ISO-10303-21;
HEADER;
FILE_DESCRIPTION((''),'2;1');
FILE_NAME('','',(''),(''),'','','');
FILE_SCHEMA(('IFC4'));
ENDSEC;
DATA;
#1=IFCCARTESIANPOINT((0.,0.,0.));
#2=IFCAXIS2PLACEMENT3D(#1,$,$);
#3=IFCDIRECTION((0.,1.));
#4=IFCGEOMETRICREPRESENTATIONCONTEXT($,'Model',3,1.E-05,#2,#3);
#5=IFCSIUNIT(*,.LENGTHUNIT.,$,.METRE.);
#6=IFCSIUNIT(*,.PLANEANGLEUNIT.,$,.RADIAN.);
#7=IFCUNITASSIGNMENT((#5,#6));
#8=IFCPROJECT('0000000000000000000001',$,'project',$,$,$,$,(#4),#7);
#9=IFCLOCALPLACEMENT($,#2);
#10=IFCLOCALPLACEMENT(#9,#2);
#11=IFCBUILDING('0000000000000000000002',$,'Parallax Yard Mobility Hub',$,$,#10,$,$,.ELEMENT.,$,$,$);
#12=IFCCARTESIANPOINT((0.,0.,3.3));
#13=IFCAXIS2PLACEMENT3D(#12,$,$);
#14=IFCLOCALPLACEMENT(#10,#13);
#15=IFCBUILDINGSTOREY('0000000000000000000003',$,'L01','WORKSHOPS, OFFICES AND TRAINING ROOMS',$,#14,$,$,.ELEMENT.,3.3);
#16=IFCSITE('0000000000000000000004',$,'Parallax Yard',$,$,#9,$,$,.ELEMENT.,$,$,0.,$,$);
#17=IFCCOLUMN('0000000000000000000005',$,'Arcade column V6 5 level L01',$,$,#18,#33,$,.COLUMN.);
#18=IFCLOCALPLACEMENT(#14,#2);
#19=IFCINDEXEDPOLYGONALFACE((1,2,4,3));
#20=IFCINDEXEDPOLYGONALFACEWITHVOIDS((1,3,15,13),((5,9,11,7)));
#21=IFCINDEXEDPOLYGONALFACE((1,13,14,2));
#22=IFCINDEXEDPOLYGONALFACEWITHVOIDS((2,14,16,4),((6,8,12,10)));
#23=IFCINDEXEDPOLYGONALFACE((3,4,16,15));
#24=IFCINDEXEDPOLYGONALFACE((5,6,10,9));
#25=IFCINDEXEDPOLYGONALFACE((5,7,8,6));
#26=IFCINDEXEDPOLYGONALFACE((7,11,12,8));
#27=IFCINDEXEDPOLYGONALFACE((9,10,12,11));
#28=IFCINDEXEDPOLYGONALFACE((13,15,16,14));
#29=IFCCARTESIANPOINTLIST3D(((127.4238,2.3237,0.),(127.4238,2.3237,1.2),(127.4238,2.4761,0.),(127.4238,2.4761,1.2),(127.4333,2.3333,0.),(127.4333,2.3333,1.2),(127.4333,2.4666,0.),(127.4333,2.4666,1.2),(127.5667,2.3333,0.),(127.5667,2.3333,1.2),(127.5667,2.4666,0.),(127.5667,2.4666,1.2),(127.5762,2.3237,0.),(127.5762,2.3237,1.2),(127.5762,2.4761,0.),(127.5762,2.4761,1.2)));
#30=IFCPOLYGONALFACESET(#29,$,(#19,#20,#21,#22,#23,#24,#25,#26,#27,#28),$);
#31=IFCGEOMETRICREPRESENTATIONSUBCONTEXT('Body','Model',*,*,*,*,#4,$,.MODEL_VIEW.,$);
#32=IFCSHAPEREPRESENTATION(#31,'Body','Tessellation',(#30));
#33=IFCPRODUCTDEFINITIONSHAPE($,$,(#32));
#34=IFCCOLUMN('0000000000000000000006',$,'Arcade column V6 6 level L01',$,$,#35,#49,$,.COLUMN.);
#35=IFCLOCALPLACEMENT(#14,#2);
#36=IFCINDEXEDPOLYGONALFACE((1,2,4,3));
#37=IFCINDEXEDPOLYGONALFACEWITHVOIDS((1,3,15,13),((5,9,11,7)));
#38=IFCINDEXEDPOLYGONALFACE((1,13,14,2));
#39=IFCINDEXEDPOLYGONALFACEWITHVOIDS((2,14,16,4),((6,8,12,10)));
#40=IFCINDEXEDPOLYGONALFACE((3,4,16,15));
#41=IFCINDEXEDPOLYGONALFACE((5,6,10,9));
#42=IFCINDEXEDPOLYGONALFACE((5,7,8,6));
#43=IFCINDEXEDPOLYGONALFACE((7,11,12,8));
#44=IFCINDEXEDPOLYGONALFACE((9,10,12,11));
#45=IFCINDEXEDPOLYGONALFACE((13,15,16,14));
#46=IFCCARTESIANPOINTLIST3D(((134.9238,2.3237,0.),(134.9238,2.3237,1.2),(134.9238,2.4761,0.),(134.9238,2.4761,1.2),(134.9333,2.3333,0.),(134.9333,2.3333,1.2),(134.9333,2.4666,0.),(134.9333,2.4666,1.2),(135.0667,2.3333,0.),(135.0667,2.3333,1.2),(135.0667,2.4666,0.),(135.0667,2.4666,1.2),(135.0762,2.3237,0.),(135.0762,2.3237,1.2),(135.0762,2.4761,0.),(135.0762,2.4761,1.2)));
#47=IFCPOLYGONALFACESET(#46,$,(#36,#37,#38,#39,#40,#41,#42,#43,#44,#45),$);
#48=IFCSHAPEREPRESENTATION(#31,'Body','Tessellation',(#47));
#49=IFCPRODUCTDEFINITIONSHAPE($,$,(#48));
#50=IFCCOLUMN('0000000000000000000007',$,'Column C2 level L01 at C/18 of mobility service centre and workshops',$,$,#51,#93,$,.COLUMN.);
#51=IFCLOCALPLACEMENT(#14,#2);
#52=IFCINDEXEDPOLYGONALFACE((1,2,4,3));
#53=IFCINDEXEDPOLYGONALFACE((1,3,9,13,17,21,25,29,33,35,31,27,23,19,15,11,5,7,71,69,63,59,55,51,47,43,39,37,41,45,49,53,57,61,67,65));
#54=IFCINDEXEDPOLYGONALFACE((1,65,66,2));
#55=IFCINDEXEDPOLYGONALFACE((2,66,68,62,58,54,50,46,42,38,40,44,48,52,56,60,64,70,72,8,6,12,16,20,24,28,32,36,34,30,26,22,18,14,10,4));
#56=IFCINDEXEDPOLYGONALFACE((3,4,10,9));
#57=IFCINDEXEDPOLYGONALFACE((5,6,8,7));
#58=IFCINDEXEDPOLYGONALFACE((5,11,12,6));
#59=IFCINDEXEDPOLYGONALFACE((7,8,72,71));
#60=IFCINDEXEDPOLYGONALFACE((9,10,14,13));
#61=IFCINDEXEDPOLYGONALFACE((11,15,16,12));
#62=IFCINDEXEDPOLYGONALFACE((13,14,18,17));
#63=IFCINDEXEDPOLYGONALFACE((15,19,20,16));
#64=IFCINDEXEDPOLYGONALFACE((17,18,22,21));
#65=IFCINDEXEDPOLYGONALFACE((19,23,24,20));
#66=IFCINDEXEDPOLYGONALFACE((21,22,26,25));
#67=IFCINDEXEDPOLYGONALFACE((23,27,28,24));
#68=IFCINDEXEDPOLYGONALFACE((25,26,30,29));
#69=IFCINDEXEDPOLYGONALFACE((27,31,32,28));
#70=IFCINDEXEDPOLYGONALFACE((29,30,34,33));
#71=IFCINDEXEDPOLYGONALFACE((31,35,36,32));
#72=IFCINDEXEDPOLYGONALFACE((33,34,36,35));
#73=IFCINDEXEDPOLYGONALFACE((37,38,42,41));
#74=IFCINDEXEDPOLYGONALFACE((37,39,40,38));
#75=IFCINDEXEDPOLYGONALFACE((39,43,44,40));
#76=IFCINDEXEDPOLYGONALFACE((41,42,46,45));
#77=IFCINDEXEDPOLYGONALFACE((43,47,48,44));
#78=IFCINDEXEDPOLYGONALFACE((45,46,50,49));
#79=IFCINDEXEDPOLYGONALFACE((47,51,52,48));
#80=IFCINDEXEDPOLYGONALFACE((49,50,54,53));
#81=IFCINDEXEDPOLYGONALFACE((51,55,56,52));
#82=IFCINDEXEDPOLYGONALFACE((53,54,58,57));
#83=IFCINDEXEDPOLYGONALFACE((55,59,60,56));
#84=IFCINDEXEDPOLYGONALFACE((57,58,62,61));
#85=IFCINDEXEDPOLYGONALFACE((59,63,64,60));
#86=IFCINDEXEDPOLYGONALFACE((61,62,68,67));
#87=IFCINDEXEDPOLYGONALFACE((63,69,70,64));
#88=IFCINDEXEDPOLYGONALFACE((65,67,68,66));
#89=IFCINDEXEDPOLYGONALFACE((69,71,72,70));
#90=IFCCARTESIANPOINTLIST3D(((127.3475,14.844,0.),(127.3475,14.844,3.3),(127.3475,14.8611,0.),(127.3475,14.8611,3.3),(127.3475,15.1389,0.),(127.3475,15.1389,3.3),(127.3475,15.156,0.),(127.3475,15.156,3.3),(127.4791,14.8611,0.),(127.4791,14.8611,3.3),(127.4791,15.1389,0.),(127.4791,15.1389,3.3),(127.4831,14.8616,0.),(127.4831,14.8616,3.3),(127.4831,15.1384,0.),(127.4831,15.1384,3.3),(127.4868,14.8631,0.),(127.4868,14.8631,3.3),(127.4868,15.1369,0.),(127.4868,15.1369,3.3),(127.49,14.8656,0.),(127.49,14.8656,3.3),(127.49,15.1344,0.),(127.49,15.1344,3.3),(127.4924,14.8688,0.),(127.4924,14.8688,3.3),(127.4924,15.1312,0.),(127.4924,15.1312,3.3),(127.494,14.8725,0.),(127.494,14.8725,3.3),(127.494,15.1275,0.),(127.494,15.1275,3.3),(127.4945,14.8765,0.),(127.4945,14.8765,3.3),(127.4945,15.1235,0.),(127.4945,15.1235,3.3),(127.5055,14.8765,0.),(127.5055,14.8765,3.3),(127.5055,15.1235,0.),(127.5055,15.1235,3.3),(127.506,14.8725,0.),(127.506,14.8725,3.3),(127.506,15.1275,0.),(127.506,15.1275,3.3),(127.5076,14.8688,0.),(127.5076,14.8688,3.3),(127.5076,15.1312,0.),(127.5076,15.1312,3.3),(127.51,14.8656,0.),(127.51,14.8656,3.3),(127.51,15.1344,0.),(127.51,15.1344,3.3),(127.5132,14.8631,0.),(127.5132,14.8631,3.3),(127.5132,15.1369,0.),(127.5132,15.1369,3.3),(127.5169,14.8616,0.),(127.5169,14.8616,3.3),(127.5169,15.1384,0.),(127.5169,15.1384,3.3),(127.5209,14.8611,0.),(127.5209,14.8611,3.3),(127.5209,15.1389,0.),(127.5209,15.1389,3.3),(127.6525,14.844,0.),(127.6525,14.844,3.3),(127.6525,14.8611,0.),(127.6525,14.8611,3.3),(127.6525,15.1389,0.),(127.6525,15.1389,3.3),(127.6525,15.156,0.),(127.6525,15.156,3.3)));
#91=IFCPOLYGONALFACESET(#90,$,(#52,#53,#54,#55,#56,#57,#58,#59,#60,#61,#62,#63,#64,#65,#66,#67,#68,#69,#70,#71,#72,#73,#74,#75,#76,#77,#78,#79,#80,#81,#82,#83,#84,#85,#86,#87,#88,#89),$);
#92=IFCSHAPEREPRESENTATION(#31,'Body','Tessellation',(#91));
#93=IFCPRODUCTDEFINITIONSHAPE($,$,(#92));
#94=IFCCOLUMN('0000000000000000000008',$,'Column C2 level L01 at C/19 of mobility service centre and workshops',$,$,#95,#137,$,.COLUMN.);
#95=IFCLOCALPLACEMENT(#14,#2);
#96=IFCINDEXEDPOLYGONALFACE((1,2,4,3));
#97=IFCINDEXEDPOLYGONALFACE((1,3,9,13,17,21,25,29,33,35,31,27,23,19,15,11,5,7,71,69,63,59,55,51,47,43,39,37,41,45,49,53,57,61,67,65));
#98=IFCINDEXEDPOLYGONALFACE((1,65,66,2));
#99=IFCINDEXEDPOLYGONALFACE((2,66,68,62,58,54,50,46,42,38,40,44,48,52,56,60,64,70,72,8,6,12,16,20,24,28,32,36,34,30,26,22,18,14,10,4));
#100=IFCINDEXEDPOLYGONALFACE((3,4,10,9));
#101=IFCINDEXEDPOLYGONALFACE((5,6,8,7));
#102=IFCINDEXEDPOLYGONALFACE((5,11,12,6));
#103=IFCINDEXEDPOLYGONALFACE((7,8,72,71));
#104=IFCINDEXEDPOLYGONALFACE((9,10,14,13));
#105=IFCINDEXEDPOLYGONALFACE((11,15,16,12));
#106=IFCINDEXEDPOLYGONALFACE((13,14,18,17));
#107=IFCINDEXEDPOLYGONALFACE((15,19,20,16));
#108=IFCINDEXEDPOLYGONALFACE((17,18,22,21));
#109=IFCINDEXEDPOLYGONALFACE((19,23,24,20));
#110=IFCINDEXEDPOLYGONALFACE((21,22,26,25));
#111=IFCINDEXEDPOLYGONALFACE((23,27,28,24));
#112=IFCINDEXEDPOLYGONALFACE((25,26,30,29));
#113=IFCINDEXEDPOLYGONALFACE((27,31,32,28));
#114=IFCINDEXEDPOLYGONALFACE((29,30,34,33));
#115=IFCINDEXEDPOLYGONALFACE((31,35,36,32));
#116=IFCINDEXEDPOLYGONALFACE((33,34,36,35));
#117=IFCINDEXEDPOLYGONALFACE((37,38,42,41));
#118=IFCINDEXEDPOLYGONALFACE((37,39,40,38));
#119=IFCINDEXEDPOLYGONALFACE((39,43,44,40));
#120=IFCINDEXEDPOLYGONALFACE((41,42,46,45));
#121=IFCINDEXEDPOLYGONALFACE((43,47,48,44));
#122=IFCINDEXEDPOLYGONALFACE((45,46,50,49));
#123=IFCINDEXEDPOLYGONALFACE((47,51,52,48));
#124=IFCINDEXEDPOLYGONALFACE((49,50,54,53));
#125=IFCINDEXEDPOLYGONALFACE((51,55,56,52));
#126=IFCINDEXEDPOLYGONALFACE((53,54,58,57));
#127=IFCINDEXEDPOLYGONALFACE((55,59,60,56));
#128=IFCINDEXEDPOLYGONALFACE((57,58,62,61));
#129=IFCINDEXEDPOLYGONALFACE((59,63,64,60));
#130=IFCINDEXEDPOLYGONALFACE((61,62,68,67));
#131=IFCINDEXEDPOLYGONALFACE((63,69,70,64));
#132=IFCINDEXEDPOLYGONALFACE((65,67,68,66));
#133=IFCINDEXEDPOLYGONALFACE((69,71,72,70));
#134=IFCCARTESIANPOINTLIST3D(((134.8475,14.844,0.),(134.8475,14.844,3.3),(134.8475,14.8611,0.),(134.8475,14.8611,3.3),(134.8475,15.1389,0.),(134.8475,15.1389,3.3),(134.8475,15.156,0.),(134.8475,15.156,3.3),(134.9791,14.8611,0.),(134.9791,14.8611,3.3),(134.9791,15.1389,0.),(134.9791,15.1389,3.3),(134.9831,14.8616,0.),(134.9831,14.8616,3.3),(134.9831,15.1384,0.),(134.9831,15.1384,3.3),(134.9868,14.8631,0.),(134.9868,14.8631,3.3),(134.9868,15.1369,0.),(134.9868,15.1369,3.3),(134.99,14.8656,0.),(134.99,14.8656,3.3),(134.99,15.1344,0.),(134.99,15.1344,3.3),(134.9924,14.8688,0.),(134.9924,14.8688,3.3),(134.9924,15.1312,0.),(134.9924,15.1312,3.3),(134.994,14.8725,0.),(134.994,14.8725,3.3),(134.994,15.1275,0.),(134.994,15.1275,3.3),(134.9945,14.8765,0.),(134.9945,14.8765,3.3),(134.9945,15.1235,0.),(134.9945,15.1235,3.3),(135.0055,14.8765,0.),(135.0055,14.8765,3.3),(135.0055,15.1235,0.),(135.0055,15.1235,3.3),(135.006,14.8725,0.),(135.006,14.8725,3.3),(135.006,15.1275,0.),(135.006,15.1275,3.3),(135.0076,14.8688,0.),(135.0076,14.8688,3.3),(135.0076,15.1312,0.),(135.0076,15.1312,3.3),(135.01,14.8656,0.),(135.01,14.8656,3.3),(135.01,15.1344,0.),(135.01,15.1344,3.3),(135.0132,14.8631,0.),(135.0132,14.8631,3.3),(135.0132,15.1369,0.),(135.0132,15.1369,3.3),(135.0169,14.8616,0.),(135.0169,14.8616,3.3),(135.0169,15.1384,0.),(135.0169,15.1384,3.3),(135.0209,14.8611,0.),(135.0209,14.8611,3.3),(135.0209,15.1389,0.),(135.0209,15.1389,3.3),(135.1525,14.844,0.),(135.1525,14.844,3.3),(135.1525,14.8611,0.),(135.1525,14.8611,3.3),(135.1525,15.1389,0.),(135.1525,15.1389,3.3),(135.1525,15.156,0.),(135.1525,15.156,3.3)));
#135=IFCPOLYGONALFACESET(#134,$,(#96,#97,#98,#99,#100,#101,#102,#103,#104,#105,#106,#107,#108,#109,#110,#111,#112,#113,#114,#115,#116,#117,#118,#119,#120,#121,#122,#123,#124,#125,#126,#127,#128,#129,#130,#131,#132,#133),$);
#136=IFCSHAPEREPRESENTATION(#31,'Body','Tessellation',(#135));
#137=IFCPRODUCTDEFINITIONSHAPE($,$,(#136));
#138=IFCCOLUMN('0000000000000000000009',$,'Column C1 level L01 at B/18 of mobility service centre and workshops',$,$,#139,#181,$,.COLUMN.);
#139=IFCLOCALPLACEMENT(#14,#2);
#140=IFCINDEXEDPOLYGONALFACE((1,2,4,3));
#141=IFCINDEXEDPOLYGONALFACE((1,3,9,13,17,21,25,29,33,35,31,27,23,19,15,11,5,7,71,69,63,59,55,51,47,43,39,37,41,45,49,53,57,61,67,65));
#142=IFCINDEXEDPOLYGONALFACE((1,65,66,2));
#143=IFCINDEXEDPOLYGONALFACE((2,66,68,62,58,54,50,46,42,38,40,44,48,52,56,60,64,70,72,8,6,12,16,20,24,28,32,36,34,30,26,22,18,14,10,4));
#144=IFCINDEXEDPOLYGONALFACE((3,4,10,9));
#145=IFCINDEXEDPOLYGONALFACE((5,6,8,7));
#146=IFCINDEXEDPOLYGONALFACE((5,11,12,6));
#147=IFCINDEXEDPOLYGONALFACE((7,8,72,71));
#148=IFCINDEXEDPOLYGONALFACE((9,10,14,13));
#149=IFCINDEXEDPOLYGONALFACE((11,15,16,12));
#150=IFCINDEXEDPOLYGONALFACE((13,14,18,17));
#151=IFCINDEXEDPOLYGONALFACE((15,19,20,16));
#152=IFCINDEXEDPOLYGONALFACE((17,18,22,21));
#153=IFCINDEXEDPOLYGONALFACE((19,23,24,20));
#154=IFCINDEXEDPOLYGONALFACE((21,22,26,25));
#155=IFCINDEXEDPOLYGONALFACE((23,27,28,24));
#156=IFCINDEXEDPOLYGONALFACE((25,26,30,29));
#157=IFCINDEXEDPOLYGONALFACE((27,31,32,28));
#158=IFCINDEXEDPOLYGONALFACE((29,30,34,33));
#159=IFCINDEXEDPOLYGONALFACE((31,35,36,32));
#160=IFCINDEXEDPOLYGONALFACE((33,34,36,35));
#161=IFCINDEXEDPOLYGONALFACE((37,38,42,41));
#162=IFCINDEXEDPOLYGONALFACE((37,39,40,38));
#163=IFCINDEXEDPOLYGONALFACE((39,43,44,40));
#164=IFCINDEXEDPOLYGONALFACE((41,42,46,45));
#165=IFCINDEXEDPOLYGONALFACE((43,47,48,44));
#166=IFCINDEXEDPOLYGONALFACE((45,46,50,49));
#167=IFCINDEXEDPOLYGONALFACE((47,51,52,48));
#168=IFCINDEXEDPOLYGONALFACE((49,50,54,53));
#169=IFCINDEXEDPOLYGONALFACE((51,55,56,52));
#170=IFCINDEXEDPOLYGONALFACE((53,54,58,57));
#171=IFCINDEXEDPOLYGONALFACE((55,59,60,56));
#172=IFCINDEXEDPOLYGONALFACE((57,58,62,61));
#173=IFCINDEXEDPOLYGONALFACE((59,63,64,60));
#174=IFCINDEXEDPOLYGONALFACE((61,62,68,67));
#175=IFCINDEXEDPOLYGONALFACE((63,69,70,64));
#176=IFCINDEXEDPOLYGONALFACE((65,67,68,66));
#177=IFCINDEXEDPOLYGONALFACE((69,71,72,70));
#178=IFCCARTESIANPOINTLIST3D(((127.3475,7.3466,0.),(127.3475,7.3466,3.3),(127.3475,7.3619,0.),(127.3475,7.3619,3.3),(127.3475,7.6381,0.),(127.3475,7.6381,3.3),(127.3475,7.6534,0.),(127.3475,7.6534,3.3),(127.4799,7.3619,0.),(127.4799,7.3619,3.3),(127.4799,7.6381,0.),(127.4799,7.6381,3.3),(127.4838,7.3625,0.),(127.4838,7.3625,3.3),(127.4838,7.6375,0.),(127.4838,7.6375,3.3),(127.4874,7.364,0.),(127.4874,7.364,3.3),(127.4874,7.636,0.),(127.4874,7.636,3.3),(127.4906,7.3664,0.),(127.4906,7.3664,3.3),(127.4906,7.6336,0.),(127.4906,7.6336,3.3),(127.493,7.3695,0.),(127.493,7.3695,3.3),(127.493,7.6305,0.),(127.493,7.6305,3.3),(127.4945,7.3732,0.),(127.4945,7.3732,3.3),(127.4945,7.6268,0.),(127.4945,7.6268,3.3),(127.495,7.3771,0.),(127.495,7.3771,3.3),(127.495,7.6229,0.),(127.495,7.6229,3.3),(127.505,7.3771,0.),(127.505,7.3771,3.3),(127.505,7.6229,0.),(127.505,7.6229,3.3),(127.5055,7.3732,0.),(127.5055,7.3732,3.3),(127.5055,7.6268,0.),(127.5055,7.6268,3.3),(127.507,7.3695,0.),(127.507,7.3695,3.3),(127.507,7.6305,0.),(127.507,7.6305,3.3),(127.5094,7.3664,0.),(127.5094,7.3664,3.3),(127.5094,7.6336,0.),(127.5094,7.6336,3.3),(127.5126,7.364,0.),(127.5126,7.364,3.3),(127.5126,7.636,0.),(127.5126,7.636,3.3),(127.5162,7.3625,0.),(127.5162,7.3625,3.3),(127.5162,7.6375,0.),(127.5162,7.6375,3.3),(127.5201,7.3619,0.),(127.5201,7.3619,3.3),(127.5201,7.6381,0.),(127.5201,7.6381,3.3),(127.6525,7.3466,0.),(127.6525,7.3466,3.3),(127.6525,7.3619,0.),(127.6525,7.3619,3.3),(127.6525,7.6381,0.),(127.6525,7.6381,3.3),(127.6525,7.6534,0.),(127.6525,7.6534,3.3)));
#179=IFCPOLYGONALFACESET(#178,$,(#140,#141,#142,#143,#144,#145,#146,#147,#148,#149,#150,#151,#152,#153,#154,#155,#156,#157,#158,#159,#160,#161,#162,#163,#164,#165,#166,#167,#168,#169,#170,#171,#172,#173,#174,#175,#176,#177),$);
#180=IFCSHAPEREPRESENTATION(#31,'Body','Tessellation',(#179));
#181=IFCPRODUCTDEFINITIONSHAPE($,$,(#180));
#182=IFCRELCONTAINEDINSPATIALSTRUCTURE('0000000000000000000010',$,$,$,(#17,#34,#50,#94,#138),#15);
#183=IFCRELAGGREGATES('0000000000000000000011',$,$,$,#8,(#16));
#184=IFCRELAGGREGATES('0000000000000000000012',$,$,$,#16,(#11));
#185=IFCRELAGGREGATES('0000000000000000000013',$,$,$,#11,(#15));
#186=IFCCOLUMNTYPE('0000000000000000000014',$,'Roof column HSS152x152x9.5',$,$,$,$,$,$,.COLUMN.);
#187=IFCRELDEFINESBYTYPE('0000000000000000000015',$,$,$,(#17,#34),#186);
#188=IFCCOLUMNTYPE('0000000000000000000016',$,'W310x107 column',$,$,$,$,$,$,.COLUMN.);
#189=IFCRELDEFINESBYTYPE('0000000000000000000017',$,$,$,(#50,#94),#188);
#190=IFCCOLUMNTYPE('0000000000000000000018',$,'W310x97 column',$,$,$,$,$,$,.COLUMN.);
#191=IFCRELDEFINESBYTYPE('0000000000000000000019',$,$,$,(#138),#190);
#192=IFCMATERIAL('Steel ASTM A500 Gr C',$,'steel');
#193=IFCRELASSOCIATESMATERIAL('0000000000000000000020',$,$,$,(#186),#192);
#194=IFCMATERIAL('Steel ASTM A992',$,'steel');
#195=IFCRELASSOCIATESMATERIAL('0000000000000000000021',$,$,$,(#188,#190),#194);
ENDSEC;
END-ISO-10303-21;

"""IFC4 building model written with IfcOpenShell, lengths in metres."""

from ifc_helpers import new_model, si_unit, direction, frame, origin, origin_2d, place, context, subcontext, project, spatial, hollow_rectangle, i_section, extrude, material, material_profile, profile_set, type_object, element, save


model = new_model("IFC4")

# Units and contexts
model_context = context("Model", 3, precision=1e-05, world=origin(), true_north=direction((0.0, 1.0)))
body_context = subcontext(model_context, "Body", "Model", "MODEL_VIEW")
ifc_project = project(units=[si_unit("LENGTHUNIT", "METRE"), si_unit("PLANEANGLEUNIT", "RADIAN")], contexts=[model_context])

# Site, building, storey
site_placement = place(None, origin())
site = spatial("IfcSite", under=ifc_project, at=site_placement, Name="Parallax Yard", CompositionType="ELEMENT", RefElevation=0.0)
building_placement = place(site_placement, origin())
building = spatial("IfcBuilding", under=site, at=building_placement, Name="Parallax Yard Mobility Hub", CompositionType="ELEMENT")
storey_placement = place(building_placement, frame((0.0, 0.0, 3.3)))
storey = spatial("IfcBuildingStorey", under=building, at=storey_placement, Name="L01", Description="WORKSHOPS, OFFICES AND TRAINING ROOMS", CompositionType="ELEMENT", Elevation=3.3)

# Columns
ifc_material_1 = material(Name="Steel ASTM A500 Gr C", Category="steel")
ifc_material_profile_1 = material_profile(ifc_material_1, hollow_rectangle(XDim=0.1523, YDim=0.1523, WallThickness=0.0095, at=origin_2d()), Name="HSS152x152x9.5")
ifc_profile_set_1 = profile_set([ifc_material_profile_1], Name="Steel ASTM A500 Gr C")
column_type_1 = type_object("IfcColumnType", Name="Roof column HSS152x152x9.5", PredefinedType="COLUMN", material=ifc_profile_set_1)
for number, where, z_axis, x_axis, name in (
    (1, (127.5, 2.3999, 0.0), (0.0, 0.0, 1.0), (1.0, 0.0, 0.0), "Arcade column V6 5 level L01"),
    (2, (135.0, 2.3999, 0.0), (0.0, 0.0, 1.0), (1.0, 0.0, 0.0), "Arcade column V6 6 level L01"),
):
    element("IfcColumn", number, at=place(storey_placement, frame(where, z_axis=z_axis, x_axis=x_axis)), inside=storey, type_object=column_type_1, Name=name, PredefinedType="COLUMN", context=body_context, shape_type="SweptSolid", body=[
        extrude(hollow_rectangle(XDim=0.1523, YDim=0.1523, WallThickness=0.0095, at=origin_2d()), origin(), (0.0, 0.0, 1.0), 1.2),
    ])
ifc_material_2 = material(Name="Steel ASTM A992", Category="steel")
ifc_material_profile_2 = material_profile(ifc_material_2, i_section(OverallWidth=0.3049, OverallDepth=0.312, WebThickness=0.011, FlangeThickness=0.0171, FilletRadius=0.0154, at=origin_2d()), Name="W310x107")
ifc_profile_set_2 = profile_set([ifc_material_profile_2], Name="Steel ASTM A992")
column_type_2 = type_object("IfcColumnType", Name="W310x107 column", PredefinedType="COLUMN", material=ifc_profile_set_2)
for number, where, z_axis, x_axis, name in (
    (3, (127.5, 15.0, 0.0), (0.0, 0.0, 1.0), (1.0, 0.0, 0.0), "Column C2 level L01 at C/18 of mobility service centre and workshops"),
    (4, (135.0, 15.0, 0.0), (0.0, 0.0, 1.0), (1.0, 0.0, 0.0), "Column C2 level L01 at C/19 of mobility service centre and workshops"),
):
    element("IfcColumn", number, at=place(storey_placement, frame(where, z_axis=z_axis, x_axis=x_axis)), inside=storey, type_object=column_type_2, Name=name, PredefinedType="COLUMN", context=body_context, shape_type="SweptSolid", body=[
        extrude(i_section(OverallWidth=0.3049, OverallDepth=0.312, WebThickness=0.011, FlangeThickness=0.0171, FilletRadius=0.0154, at=origin_2d()), origin(), (0.0, 0.0, 1.0), 3.3),
    ])
ifc_material_profile_3 = material_profile(ifc_material_2, i_section(OverallWidth=0.3049, OverallDepth=0.3069, WebThickness=0.01, FlangeThickness=0.0154, FilletRadius=0.0151, at=origin_2d()), Name="W310x97")
ifc_profile_set_3 = profile_set([ifc_material_profile_3], Name="Steel ASTM A992")
column_type_3 = type_object("IfcColumnType", Name="W310x97 column", PredefinedType="COLUMN", material=ifc_profile_set_3)
for number, where, z_axis, x_axis, name in (
    (5, (127.5, 7.5, 0.0), (0.0, 0.0, 1.0), (1.0, 0.0, 0.0), "Column C1 level L01 at B/18 of mobility service centre and workshops"),
):
    element("IfcColumn", number, at=place(storey_placement, frame(where, z_axis=z_axis, x_axis=x_axis)), inside=storey, type_object=column_type_3, Name=name, PredefinedType="COLUMN", context=body_context, shape_type="SweptSolid", body=[
        extrude(i_section(OverallWidth=0.3049, OverallDepth=0.3069, WebThickness=0.01, FlangeThickness=0.0154, FilletRadius=0.0151, at=origin_2d()), origin(), (0.0, 0.0, 1.0), 3.3),
    ])

save(model, "model.ifc")
